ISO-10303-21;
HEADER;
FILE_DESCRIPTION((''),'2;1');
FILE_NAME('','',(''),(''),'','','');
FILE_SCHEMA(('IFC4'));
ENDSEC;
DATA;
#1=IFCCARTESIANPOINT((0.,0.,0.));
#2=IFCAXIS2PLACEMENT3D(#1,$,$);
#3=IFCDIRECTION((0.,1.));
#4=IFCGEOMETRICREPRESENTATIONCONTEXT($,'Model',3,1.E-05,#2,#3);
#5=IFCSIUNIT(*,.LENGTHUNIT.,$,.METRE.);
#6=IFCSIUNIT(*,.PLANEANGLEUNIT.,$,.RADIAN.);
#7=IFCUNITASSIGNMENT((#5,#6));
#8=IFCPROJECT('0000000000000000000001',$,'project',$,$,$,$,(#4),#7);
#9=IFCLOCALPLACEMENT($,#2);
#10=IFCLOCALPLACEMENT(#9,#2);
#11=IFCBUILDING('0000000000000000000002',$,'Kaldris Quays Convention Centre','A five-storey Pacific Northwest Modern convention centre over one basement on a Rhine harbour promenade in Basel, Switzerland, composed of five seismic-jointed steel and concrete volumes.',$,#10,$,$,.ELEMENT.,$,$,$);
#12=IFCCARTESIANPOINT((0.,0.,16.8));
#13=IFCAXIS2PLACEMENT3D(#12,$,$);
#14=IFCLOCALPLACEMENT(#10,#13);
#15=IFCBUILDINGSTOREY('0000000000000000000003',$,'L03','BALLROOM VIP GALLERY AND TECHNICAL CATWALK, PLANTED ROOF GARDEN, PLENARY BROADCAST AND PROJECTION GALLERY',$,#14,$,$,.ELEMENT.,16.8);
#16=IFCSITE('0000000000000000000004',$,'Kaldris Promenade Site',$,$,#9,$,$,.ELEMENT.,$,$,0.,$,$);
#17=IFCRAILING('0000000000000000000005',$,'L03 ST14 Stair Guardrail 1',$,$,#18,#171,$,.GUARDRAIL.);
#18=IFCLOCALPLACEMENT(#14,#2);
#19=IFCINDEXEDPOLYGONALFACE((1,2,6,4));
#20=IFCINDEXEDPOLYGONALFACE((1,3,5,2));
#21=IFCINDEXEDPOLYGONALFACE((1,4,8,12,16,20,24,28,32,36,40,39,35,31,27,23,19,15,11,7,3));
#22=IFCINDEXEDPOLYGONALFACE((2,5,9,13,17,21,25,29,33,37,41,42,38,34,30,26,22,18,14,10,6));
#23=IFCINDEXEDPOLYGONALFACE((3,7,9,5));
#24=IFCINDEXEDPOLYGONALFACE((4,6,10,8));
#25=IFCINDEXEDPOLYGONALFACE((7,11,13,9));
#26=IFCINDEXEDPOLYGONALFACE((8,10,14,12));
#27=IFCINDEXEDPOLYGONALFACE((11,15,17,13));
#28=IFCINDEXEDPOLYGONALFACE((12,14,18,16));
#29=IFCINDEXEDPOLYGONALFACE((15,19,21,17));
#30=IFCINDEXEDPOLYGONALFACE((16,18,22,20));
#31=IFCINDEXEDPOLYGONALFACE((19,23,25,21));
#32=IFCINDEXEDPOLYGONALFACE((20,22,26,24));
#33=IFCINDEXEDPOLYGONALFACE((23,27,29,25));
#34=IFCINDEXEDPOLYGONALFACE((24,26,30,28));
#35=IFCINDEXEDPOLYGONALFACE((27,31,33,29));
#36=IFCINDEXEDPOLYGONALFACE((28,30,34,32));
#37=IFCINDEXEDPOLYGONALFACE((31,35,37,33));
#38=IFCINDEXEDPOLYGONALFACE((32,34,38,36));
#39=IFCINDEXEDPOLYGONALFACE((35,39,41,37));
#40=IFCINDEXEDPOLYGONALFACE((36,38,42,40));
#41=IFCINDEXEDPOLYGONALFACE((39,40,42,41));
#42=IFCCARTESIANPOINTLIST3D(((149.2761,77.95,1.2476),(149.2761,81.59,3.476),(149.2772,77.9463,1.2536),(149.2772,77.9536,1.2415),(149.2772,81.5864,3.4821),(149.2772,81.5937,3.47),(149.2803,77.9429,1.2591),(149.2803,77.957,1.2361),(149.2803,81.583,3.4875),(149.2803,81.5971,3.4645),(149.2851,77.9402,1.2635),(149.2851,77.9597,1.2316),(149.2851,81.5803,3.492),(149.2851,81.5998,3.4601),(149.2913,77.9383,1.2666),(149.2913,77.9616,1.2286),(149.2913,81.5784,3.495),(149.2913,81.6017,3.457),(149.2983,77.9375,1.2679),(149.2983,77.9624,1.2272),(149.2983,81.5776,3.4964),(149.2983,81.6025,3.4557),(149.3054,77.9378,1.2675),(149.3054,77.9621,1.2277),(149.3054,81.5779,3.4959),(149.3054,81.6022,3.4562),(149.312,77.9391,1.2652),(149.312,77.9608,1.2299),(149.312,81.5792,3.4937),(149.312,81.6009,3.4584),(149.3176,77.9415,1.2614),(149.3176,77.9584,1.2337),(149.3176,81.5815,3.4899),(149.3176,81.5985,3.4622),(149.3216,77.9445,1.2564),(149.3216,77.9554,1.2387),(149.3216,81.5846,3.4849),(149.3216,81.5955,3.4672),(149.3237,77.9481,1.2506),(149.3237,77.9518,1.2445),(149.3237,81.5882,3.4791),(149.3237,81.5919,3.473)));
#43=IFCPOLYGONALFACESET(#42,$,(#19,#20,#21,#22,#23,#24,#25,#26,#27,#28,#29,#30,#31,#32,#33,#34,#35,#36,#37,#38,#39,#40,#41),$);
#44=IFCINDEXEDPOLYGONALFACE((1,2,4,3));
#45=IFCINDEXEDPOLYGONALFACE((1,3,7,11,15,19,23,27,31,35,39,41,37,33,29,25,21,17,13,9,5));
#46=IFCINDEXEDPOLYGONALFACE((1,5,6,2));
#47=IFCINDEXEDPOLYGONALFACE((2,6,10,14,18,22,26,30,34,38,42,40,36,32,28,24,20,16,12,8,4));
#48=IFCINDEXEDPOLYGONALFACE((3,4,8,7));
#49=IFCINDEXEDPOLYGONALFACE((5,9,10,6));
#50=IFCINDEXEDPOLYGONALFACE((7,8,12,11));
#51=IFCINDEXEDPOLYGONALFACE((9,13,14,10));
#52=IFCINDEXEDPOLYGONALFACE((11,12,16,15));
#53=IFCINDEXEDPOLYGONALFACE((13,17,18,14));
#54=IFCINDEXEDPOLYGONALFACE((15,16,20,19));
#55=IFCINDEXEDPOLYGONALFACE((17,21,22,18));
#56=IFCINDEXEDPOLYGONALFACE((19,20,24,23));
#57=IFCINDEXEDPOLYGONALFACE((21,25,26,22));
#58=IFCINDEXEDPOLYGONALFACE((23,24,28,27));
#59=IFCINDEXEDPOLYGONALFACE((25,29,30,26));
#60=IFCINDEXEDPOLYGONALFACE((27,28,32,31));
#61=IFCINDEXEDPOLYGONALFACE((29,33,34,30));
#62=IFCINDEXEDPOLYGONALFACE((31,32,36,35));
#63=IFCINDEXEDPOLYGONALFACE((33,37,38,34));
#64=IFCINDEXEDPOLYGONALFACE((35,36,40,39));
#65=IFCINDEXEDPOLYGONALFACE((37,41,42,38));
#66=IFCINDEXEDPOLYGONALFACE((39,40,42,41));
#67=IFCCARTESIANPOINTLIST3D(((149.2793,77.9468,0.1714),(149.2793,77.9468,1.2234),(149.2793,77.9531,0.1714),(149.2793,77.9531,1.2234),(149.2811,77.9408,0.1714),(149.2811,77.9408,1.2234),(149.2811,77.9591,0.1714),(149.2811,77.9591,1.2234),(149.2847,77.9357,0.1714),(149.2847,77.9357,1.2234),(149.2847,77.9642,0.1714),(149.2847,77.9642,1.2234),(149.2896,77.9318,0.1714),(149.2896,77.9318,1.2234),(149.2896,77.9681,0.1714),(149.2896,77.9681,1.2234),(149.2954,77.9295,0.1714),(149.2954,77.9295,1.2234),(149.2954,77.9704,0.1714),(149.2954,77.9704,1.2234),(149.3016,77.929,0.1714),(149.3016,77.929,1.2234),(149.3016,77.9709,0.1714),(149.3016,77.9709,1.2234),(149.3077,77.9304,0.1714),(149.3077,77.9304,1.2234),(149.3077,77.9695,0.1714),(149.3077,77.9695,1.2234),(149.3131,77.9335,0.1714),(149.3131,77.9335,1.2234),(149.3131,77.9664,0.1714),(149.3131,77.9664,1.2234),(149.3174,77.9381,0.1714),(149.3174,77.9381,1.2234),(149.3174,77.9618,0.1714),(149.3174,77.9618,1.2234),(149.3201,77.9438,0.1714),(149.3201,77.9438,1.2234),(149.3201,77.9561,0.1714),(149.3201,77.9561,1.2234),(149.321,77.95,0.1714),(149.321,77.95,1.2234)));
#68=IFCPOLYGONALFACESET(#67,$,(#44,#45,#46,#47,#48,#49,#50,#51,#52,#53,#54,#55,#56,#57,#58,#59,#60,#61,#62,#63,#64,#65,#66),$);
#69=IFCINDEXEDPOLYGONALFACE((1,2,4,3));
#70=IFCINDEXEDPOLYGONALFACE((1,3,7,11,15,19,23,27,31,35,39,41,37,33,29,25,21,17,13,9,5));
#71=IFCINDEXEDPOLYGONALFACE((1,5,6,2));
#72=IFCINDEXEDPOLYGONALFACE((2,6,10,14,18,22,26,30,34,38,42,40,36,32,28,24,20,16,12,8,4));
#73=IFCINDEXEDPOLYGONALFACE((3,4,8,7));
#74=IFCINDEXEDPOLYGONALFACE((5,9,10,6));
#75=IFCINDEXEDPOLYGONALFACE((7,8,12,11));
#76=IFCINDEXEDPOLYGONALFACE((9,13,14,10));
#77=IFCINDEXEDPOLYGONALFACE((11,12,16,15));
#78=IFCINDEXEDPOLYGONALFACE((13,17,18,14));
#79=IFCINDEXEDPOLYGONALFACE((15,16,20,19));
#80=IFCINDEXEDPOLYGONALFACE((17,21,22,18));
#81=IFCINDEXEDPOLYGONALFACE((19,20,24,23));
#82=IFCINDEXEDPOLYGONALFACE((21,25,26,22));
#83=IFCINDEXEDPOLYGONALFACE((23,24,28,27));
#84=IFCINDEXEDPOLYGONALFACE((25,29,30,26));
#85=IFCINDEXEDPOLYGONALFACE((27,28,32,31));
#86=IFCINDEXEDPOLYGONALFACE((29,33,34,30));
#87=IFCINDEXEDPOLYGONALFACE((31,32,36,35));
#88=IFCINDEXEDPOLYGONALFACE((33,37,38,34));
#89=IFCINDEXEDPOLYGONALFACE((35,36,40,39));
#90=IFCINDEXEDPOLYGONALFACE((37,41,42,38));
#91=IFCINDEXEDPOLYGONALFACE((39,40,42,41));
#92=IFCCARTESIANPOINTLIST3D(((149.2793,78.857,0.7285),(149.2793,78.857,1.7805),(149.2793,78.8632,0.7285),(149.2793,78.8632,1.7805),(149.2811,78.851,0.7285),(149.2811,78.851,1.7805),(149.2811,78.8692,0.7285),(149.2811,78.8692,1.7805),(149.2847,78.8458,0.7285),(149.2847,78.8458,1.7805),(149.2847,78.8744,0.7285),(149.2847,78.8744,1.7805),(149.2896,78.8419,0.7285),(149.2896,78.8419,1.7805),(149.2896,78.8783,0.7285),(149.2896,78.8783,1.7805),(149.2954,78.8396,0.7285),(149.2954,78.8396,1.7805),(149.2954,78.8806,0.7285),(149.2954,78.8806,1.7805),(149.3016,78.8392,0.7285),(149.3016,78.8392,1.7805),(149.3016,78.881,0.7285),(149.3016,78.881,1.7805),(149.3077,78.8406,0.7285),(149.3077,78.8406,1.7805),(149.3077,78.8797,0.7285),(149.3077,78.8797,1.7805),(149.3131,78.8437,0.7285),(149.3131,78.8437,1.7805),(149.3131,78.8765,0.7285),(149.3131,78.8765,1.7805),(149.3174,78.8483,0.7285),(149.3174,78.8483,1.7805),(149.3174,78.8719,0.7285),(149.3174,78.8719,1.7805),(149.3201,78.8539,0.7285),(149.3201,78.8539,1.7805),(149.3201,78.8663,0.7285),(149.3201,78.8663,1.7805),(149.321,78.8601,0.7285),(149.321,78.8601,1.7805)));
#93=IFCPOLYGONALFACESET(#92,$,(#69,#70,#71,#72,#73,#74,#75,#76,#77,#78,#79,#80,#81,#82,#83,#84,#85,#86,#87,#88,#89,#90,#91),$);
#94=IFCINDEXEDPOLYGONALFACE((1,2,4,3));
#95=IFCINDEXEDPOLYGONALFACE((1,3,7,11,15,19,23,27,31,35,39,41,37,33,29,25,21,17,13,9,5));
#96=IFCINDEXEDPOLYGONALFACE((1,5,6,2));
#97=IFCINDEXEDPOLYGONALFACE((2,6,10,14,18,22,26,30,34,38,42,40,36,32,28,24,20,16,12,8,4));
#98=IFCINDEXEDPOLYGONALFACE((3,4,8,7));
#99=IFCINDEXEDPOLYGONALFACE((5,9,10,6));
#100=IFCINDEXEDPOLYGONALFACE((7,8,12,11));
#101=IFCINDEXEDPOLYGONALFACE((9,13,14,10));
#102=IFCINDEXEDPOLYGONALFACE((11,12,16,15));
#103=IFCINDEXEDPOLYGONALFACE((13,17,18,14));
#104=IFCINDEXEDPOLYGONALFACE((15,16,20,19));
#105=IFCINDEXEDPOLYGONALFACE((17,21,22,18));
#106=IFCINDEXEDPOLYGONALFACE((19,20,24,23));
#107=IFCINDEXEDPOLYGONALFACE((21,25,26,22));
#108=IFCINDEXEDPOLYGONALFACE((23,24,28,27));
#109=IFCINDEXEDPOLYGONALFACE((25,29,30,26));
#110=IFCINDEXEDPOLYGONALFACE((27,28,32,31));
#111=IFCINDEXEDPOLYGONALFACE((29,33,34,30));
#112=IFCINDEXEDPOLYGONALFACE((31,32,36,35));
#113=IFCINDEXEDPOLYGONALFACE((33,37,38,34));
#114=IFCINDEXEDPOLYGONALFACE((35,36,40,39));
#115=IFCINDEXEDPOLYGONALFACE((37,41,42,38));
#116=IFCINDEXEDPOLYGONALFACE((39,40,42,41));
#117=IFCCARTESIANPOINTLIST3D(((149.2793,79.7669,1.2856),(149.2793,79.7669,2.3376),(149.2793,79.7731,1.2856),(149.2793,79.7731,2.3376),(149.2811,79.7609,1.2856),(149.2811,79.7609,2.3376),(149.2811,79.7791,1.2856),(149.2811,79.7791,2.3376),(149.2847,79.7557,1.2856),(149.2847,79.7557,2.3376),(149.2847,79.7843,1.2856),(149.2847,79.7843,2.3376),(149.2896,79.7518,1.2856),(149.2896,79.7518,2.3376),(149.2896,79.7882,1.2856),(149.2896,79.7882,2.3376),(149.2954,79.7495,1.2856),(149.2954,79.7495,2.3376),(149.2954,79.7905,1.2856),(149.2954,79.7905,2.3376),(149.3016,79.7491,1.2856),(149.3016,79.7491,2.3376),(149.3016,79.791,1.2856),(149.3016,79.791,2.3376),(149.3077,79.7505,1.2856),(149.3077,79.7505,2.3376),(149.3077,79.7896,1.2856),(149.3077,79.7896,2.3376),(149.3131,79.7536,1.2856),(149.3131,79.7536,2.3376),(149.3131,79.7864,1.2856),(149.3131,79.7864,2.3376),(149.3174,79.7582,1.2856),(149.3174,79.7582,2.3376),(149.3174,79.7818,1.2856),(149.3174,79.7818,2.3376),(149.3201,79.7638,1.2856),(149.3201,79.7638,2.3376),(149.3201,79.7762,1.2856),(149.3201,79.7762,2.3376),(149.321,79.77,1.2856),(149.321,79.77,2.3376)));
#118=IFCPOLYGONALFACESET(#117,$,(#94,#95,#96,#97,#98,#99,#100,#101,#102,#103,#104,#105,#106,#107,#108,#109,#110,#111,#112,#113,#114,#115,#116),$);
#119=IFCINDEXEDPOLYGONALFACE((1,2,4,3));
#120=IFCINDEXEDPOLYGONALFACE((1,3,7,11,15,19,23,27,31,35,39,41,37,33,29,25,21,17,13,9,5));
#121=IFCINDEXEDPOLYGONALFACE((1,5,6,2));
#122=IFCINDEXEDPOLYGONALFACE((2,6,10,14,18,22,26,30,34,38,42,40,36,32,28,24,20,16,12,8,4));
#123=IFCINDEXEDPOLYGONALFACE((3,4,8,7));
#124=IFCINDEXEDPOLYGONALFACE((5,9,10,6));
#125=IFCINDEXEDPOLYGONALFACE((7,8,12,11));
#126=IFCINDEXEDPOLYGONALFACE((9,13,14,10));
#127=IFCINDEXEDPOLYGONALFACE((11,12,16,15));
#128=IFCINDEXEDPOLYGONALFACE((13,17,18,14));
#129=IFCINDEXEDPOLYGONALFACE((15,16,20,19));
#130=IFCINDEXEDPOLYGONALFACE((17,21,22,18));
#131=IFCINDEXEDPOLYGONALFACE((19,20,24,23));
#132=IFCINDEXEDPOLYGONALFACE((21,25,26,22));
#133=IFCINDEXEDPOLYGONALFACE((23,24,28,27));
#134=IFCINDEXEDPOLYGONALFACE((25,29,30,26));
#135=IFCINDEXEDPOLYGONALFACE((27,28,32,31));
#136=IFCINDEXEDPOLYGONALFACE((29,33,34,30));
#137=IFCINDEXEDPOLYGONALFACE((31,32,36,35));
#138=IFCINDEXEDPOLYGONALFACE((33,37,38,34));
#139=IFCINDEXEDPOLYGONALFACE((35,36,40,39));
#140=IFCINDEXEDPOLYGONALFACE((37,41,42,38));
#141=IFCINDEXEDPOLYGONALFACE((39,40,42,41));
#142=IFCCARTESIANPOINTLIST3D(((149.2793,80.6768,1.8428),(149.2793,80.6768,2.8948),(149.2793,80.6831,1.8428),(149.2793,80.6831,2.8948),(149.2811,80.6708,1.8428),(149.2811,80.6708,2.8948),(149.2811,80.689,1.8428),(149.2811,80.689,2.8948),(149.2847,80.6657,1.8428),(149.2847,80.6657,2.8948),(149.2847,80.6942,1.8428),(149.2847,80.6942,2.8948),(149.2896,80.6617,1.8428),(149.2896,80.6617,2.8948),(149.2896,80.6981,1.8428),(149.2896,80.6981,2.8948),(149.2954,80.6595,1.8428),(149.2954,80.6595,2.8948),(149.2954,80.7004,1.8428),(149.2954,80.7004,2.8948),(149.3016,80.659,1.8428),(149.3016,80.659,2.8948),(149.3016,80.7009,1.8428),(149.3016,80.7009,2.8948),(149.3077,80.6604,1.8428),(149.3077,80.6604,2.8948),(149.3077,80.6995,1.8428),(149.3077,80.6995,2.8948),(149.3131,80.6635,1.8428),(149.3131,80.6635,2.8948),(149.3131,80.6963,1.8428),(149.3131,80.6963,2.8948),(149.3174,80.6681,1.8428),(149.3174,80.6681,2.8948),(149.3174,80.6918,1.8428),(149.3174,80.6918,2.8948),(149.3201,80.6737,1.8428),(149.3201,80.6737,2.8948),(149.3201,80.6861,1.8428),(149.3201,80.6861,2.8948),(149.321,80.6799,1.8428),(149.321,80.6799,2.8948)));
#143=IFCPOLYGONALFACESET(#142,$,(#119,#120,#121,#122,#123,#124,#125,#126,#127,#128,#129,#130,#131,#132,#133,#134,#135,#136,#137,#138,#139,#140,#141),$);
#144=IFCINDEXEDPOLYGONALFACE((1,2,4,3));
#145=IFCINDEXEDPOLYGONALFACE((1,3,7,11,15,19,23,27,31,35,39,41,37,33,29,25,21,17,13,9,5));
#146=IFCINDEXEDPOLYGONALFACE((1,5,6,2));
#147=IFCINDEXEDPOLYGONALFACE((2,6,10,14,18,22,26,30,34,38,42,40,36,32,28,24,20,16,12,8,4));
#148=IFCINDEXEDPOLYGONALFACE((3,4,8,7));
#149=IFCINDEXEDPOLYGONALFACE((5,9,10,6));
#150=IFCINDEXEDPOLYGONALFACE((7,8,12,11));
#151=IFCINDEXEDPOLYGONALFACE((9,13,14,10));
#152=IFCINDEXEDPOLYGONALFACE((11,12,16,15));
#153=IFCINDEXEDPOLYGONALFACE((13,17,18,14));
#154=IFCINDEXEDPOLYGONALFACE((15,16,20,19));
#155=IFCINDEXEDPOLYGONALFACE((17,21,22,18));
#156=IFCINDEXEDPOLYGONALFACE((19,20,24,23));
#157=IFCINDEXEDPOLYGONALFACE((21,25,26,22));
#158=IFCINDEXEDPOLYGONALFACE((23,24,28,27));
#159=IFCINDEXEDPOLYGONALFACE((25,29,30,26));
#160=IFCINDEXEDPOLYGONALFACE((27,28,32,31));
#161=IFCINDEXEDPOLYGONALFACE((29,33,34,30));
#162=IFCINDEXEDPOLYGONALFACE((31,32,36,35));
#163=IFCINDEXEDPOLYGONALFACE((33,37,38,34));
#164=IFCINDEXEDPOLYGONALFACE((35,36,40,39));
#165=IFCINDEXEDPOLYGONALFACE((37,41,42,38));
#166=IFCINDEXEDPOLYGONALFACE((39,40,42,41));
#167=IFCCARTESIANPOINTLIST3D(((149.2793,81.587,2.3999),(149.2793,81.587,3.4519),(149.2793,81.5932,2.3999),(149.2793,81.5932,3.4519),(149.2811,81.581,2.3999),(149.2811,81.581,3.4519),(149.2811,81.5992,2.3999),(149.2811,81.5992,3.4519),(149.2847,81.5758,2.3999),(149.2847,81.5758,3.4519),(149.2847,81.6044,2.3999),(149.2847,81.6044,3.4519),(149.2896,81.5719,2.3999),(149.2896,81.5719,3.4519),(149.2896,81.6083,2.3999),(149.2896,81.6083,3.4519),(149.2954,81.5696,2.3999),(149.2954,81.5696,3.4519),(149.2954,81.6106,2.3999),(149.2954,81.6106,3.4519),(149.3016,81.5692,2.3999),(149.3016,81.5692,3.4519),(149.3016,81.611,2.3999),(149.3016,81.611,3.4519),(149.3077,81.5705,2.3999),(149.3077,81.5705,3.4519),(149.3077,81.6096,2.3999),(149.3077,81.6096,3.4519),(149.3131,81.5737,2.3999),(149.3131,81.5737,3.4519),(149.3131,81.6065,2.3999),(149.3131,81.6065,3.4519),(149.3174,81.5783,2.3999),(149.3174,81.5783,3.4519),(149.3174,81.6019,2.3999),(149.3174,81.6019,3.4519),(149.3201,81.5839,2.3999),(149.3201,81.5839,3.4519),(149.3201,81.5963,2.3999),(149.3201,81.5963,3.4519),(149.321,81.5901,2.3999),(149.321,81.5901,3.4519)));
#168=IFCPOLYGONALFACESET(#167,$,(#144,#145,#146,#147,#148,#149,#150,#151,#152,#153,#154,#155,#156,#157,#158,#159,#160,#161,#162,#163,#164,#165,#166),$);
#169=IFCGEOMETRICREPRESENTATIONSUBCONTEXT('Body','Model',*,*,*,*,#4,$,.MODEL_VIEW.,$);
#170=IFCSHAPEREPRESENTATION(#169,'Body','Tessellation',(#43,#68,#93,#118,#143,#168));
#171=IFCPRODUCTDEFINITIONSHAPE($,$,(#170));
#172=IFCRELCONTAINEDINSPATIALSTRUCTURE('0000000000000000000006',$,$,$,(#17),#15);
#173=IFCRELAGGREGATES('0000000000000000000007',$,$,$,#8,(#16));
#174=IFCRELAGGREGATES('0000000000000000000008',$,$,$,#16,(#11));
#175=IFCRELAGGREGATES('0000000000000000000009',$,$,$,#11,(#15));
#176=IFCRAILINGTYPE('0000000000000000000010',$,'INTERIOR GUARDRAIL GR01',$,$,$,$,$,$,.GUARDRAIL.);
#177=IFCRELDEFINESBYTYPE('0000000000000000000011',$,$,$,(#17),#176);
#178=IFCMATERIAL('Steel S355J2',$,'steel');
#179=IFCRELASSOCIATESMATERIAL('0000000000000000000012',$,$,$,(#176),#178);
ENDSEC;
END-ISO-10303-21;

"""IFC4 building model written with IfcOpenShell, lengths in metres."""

from ifc_helpers import new_model, si_unit, direction, frame, origin, origin_2d, place, context, subcontext, project, spatial, circle, extrude, material, type_object, element, save


model = new_model("IFC4")

# Units and contexts
model_context = context("Model", 3, precision=1e-05, world=origin(), true_north=direction((0.0, 1.0)))
body_context = subcontext(model_context, "Body", "Model", "MODEL_VIEW")
ifc_project = project(units=[si_unit("LENGTHUNIT", "METRE"), si_unit("PLANEANGLEUNIT", "RADIAN")], contexts=[model_context])

# Site, building, storey
site_placement = place(None, origin())
site = spatial("IfcSite", under=ifc_project, at=site_placement, Name="Kaldris Promenade Site", CompositionType="ELEMENT", RefElevation=0.0)
building_placement = place(site_placement, origin())
building = spatial("IfcBuilding", under=site, at=building_placement, Name="Kaldris Quays Convention Centre", Description="A five-storey Pacific Northwest Modern convention centre over one basement on a Rhine harbour promenade in Basel, Switzerland, composed of five seismic-jointed steel and concrete volumes.", CompositionType="ELEMENT")
storey_placement = place(building_placement, frame((0.0, 0.0, 16.8)))
storey = spatial("IfcBuildingStorey", under=building, at=storey_placement, Name="L03", Description="BALLROOM VIP GALLERY AND TECHNICAL CATWALK, PLANTED ROOF GARDEN, PLENARY BROADCAST AND PROJECTION GALLERY", CompositionType="ELEMENT", Elevation=16.8)

# Shared definitions
ifc_material_1 = material(Name="Steel S355J2", Category="steel")

# Railing
railing_type_1 = type_object("IfcRailingType", Name="INTERIOR GUARDRAIL GR01", PredefinedType="GUARDRAIL", material=ifc_material_1)
railing_1_placement = place(storey_placement, frame((149.3, 77.95, 0.1714)))
element("IfcRailing", 1, at=railing_1_placement, inside=storey, type_object=railing_type_1, Name="L03 ST14 Stair Guardrail 1", PredefinedType="GUARDRAIL", context=body_context, shape_type="SweptSolid", body=[
    extrude(circle(Radius=0.0239, at=origin_2d()), frame((0.0, 0.0, 1.0762), z_axis=(0.0, 0.852866, 0.52213), x_axis=(-1.0, 0.0, 0.0)), (0.0, 0.0, 1.0), 4.2681),
    extrude(circle(Radius=0.021, at=origin_2d()), origin(), (0.0, 0.0, 1.0), 1.052),
    extrude(circle(Radius=0.021, at=origin_2d()), frame((0.0, 0.9102, 0.5571)), (0.0, 0.0, 1.0), 1.052),
    extrude(circle(Radius=0.021, at=origin_2d()), frame((0.0, 1.8201, 1.1143)), (0.0, 0.0, 1.0), 1.052),
    extrude(circle(Radius=0.021, at=origin_2d()), frame((0.0, 2.73, 1.6714)), (0.0, 0.0, 1.0), 1.052),
    extrude(circle(Radius=0.021, at=origin_2d()), frame((0.0, 3.6401, 2.2285)), (0.0, 0.0, 1.0), 1.052),
])

save(model, "model.ifc")
